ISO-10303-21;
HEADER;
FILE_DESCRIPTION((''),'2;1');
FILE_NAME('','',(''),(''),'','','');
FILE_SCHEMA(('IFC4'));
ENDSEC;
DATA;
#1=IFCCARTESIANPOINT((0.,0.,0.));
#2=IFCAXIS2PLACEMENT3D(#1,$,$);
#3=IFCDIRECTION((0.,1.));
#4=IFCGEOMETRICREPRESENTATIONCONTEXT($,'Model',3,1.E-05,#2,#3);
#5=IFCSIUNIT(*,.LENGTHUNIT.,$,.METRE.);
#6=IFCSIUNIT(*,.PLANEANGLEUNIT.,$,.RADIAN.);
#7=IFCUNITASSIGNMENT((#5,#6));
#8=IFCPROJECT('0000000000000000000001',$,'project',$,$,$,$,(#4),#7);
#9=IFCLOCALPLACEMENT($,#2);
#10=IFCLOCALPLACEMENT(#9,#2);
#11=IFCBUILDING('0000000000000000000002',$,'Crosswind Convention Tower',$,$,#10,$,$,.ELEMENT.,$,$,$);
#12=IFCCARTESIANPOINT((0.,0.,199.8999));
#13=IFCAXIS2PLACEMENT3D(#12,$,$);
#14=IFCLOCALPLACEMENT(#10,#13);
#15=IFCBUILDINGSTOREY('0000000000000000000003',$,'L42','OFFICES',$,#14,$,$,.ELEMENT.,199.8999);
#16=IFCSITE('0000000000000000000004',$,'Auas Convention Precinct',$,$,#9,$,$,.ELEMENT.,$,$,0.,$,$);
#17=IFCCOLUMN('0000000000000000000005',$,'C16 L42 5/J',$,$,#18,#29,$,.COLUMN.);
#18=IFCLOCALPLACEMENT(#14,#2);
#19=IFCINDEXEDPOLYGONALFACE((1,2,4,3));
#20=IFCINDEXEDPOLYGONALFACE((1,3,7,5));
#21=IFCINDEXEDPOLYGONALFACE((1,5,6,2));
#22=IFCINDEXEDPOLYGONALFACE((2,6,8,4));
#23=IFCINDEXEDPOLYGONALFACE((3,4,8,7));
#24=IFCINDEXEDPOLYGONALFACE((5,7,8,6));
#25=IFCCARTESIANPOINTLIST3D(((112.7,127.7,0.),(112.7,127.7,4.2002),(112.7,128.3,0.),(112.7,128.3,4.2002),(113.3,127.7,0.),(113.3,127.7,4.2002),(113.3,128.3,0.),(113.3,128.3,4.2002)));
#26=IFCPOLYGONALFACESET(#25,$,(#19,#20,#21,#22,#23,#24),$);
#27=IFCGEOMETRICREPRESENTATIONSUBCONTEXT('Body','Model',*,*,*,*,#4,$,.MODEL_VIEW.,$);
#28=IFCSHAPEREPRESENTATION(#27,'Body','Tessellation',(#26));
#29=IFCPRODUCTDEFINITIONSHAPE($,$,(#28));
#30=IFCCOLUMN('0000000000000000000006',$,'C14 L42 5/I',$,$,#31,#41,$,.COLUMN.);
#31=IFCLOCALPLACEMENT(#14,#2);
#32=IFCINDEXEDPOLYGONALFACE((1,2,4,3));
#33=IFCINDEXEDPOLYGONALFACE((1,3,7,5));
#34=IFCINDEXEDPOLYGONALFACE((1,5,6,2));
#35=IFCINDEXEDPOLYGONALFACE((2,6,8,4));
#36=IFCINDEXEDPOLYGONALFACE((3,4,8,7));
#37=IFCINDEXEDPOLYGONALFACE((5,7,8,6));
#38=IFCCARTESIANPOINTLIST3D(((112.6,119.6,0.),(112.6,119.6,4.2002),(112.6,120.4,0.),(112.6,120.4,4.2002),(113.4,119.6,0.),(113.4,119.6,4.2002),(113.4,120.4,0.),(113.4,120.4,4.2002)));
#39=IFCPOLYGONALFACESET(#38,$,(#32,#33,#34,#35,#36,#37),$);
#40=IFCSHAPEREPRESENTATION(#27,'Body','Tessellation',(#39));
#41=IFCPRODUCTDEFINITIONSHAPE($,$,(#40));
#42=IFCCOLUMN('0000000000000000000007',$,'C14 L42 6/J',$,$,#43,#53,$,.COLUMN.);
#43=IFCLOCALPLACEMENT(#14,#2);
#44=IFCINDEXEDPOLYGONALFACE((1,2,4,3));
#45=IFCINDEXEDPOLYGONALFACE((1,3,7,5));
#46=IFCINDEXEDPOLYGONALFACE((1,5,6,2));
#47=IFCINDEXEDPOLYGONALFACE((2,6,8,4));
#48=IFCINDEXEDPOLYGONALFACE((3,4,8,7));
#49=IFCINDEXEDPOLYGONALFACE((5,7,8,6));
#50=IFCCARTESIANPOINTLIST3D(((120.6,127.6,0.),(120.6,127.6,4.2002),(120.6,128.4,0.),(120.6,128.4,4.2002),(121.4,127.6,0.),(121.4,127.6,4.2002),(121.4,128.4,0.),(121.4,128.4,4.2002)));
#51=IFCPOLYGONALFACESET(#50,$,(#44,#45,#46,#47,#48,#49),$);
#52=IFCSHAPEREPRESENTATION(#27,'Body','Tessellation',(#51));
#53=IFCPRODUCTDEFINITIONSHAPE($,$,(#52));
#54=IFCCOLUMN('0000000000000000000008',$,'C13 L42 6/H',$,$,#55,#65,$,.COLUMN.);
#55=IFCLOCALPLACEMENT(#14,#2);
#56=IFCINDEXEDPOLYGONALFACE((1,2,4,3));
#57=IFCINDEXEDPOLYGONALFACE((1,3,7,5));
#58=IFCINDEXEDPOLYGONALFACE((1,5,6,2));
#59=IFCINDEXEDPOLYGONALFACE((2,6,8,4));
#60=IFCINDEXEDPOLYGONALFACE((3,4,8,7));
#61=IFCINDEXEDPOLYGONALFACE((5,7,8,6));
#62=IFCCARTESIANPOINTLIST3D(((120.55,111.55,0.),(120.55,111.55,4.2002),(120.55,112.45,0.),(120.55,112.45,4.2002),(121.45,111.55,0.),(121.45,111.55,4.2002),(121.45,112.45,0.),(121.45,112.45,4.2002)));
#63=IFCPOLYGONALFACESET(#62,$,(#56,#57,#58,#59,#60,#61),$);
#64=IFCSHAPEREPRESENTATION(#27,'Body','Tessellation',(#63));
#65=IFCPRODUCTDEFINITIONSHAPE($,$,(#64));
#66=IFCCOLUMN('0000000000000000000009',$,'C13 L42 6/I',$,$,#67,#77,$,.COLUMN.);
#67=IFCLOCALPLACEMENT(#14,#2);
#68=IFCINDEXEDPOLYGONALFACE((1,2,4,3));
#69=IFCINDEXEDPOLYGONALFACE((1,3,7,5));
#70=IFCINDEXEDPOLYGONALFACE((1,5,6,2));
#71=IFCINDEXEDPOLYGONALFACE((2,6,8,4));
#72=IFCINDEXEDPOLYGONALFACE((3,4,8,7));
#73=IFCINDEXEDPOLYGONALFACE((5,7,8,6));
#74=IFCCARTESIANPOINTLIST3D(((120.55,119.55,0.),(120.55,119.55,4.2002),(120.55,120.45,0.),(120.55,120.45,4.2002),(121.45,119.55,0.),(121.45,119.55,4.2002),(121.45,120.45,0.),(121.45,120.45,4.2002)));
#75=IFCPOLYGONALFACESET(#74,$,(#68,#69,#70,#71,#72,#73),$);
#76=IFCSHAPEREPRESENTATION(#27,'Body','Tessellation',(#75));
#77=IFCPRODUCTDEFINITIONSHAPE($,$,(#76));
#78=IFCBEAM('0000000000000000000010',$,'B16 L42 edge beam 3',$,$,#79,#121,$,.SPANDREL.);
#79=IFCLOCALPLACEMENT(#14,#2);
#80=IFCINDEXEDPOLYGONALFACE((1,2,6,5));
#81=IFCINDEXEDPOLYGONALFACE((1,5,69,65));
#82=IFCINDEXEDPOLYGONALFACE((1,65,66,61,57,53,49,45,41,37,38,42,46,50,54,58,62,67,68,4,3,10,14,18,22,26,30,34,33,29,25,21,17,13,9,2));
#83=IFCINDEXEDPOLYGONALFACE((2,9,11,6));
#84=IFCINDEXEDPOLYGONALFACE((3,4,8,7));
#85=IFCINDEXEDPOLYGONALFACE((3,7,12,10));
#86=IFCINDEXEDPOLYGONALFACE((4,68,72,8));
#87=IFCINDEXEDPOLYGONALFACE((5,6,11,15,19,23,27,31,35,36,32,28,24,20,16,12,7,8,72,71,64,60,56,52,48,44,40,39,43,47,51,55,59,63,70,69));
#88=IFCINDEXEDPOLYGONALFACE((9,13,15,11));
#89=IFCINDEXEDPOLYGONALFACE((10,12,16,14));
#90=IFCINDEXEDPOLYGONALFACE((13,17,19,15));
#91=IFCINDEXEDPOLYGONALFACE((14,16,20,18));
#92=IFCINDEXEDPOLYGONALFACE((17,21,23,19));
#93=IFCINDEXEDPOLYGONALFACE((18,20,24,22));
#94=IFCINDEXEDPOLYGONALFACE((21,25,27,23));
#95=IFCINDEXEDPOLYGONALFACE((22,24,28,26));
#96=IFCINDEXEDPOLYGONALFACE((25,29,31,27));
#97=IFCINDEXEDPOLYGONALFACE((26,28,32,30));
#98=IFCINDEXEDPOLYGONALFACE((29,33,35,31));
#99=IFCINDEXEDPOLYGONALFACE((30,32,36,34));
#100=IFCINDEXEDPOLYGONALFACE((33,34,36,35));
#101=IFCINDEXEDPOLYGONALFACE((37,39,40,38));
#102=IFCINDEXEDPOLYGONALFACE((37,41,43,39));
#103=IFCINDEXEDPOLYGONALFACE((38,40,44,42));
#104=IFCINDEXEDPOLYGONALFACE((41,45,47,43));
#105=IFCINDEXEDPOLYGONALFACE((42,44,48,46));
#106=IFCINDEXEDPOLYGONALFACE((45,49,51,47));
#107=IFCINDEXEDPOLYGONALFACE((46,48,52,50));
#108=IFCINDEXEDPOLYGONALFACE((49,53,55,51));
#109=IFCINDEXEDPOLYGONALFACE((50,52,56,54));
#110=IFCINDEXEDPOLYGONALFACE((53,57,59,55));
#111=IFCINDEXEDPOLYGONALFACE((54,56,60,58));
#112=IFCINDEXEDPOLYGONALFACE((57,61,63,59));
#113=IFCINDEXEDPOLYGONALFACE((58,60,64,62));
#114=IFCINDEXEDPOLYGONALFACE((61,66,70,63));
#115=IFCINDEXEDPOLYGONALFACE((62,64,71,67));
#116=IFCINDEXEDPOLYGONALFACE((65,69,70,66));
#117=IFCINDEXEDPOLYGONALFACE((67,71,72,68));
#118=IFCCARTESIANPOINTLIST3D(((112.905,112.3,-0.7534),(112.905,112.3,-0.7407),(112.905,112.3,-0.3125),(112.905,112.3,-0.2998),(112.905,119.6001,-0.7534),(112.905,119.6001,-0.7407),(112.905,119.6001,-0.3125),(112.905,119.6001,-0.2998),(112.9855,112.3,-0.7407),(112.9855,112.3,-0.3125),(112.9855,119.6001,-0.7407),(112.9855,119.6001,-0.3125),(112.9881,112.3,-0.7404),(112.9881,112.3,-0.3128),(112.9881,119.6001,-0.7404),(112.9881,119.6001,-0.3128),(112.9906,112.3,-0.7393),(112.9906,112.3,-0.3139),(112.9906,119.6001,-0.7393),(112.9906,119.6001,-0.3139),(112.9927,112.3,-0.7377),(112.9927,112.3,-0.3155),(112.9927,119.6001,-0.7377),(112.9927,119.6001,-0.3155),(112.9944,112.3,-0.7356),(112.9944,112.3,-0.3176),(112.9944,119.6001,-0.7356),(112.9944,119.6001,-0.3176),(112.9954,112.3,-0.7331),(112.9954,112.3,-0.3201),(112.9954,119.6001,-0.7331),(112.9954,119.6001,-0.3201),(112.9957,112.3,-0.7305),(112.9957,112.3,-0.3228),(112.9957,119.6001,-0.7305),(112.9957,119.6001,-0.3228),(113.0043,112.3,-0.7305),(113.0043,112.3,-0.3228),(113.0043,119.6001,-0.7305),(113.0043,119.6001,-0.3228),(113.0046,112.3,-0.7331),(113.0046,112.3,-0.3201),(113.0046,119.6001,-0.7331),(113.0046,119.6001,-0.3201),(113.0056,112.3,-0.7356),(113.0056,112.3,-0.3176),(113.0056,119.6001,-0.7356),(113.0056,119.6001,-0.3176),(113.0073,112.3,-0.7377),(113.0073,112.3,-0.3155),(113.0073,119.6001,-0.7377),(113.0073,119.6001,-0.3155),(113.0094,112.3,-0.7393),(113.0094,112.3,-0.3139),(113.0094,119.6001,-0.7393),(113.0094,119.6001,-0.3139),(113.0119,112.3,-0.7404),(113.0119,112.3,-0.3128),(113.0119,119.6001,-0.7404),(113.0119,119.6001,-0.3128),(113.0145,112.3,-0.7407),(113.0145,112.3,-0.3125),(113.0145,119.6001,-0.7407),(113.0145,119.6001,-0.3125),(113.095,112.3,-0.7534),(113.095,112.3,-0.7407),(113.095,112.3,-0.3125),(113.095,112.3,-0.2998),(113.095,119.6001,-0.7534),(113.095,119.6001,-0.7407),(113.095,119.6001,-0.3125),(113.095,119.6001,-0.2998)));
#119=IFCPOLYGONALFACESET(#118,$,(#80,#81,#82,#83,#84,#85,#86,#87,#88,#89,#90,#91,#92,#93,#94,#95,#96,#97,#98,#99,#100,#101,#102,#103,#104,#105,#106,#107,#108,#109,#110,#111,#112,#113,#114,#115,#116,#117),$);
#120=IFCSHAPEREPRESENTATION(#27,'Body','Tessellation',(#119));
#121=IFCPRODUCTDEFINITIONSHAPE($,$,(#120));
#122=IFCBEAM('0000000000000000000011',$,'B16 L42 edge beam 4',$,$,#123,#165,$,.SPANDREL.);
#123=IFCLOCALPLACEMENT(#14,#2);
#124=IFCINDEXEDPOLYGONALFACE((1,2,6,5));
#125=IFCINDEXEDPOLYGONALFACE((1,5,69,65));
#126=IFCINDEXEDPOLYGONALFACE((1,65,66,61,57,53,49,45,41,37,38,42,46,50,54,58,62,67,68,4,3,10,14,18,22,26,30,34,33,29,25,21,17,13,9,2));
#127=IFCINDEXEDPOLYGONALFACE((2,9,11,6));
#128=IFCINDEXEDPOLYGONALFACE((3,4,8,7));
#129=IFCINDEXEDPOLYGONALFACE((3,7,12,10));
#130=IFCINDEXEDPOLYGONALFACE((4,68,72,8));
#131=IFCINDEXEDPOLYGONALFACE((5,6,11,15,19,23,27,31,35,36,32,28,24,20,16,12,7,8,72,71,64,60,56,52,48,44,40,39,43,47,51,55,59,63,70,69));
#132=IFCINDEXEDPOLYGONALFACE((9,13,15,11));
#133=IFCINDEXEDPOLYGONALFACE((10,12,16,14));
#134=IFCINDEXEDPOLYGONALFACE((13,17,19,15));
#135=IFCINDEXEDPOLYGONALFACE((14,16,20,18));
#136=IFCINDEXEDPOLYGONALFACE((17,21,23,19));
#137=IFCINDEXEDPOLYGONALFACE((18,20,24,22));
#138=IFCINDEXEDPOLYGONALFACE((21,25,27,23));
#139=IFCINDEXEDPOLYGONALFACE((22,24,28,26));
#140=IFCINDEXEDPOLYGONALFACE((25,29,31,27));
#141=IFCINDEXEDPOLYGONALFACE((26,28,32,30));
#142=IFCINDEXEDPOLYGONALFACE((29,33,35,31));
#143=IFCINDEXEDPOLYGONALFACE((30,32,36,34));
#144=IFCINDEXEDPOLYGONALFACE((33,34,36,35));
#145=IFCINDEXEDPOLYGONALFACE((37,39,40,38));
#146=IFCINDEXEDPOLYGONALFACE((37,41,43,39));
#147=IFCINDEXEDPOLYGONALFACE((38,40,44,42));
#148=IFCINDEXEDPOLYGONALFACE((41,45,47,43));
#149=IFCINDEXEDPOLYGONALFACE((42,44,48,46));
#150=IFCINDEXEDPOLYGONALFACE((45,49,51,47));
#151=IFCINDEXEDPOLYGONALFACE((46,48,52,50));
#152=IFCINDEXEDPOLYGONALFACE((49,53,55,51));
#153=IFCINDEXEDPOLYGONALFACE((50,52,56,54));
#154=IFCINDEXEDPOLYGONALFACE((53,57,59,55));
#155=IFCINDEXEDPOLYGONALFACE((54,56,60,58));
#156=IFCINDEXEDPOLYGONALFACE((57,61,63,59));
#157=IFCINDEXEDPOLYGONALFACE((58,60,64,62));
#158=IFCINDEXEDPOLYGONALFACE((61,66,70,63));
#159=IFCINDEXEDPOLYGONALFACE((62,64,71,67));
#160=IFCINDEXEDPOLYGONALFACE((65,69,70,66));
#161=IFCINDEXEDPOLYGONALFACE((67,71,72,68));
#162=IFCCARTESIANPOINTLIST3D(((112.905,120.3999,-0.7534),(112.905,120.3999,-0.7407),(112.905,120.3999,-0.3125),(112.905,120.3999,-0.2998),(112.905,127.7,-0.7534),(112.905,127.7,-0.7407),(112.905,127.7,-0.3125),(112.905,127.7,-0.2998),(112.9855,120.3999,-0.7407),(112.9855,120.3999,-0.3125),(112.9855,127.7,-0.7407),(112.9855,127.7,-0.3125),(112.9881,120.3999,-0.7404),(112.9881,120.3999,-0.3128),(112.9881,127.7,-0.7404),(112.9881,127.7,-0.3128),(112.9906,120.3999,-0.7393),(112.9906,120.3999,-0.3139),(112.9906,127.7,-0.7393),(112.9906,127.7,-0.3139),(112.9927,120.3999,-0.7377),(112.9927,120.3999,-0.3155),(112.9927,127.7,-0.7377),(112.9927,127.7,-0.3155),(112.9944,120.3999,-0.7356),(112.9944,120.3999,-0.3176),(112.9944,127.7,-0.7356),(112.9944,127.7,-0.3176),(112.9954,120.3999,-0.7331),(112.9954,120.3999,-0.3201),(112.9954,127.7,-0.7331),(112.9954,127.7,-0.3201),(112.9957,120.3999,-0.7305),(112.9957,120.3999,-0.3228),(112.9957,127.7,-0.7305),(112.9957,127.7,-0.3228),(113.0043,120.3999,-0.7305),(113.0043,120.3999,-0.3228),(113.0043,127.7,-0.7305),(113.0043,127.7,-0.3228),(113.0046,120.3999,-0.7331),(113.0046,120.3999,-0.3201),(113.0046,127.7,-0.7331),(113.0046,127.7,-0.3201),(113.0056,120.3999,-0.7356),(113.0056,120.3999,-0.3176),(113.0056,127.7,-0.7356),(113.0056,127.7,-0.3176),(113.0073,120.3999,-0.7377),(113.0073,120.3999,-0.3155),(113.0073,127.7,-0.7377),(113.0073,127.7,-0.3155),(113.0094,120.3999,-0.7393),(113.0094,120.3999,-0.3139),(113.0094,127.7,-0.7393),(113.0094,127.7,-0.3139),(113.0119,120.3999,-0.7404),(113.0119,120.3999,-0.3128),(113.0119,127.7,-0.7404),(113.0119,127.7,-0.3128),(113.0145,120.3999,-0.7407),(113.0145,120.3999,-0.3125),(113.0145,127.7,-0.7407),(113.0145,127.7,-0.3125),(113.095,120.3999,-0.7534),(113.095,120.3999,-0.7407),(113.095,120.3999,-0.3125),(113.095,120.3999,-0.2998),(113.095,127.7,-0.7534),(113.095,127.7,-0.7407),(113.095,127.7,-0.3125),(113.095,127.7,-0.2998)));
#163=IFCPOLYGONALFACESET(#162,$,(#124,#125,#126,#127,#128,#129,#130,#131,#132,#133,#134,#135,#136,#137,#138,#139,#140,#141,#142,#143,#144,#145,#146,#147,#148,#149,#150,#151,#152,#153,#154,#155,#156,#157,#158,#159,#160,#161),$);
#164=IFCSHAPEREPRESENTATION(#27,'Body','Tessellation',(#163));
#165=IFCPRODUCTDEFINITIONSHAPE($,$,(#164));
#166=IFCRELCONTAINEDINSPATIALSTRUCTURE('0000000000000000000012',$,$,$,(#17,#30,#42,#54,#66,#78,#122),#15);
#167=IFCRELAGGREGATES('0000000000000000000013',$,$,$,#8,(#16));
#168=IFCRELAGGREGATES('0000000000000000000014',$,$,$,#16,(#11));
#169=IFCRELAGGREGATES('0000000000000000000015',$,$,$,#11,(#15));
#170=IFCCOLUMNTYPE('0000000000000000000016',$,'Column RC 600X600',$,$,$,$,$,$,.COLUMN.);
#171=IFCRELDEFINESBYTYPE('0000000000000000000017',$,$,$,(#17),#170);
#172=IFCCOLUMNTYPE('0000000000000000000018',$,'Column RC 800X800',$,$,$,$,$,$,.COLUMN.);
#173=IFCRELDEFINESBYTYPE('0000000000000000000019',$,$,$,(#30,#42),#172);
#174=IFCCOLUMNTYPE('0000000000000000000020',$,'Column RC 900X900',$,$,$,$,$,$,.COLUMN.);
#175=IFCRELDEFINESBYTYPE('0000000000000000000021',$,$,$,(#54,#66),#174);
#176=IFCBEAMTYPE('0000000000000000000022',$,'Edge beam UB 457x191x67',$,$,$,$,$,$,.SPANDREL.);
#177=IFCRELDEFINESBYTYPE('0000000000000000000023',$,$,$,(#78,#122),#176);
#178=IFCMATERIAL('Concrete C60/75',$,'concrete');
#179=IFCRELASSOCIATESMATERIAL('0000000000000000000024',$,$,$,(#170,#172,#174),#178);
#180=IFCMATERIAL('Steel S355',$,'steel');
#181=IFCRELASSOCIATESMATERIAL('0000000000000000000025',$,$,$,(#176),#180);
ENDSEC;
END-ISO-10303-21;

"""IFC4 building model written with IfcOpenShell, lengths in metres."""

from ifc_helpers import new_model, si_unit, direction, frame, origin, origin_2d, place, context, subcontext, project, spatial, rectangle, i_section, extrude, material, material_profile, profile_set, type_object, element, save


model = new_model("IFC4")

# Units and contexts
model_context = context("Model", 3, precision=1e-05, world=origin(), true_north=direction((0.0, 1.0)))
body_context = subcontext(model_context, "Body", "Model", "MODEL_VIEW")
ifc_project = project(units=[si_unit("LENGTHUNIT", "METRE"), si_unit("PLANEANGLEUNIT", "RADIAN")], contexts=[model_context])

# Site, building, storey
site_placement = place(None, origin())
site = spatial("IfcSite", under=ifc_project, at=site_placement, Name="Auas Convention Precinct", CompositionType="ELEMENT", RefElevation=0.0)
building_placement = place(site_placement, origin())
building = spatial("IfcBuilding", under=site, at=building_placement, Name="Crosswind Convention Tower", CompositionType="ELEMENT")
storey_placement = place(building_placement, frame((0.0, 0.0, 199.8999)))
storey = spatial("IfcBuildingStorey", under=building, at=storey_placement, Name="L42", Description="OFFICES", CompositionType="ELEMENT", Elevation=199.8999)

# Columns
ifc_material_1 = material(Name="Concrete C60/75", Category="concrete")
ifc_material_profile_1 = material_profile(ifc_material_1, rectangle(XDim=0.6001, YDim=0.6001, at=origin_2d()), Name="RC 600X600")
ifc_profile_set_1 = profile_set([ifc_material_profile_1], Name="Concrete C60/75")
column_type_1 = type_object("IfcColumnType", Name="Column RC 600X600", PredefinedType="COLUMN", material=ifc_profile_set_1)
column_placement = place(storey_placement, frame((113.0, 128.0, 0.0), z_axis=(0.0, 0.0, 1.0), x_axis=(1.0, 0.0, 0.0)))
element("IfcColumn", 1, at=column_placement, inside=storey, type_object=column_type_1, Name="C16 L42 5/J", PredefinedType="COLUMN", context=body_context, shape_type="SweptSolid", body=[
    extrude(rectangle(XDim=0.6001, YDim=0.6001, at=origin_2d()), origin(), (0.0, 0.0, 1.0), 4.2002),
])
ifc_material_profile_2 = material_profile(ifc_material_1, rectangle(XDim=0.8, YDim=0.8, at=origin_2d()), Name="RC 800X800")
ifc_profile_set_2 = profile_set([ifc_material_profile_2], Name="Concrete C60/75")
column_type_2 = type_object("IfcColumnType", Name="Column RC 800X800", PredefinedType="COLUMN", material=ifc_profile_set_2)
for number, where, z_axis, x_axis, name in (
    (2, (113.0, 120.0, 0.0), (0.0, 0.0, 1.0), (1.0, 0.0, 0.0), "C14 L42 5/I"),
    (3, (121.0, 128.0, 0.0), (0.0, 0.0, 1.0), (1.0, 0.0, 0.0), "C14 L42 6/J"),
):
    element("IfcColumn", number, at=place(storey_placement, frame(where, z_axis=z_axis, x_axis=x_axis)), inside=storey, type_object=column_type_2, Name=name, PredefinedType="COLUMN", context=body_context, shape_type="SweptSolid", body=[
        extrude(rectangle(XDim=0.8, YDim=0.8, at=origin_2d()), origin(), (0.0, 0.0, 1.0), 4.2002),
    ])
ifc_material_profile_3 = material_profile(ifc_material_1, rectangle(XDim=0.8999, YDim=0.8999, at=origin_2d()), Name="RC 900X900")
ifc_profile_set_3 = profile_set([ifc_material_profile_3], Name="Concrete C60/75")
column_type_3 = type_object("IfcColumnType", Name="Column RC 900X900", PredefinedType="COLUMN", material=ifc_profile_set_3)
for number, where, z_axis, x_axis, name in (
    (4, (121.0, 112.0, 0.0), (0.0, 0.0, 1.0), (1.0, 0.0, 0.0), "C13 L42 6/H"),
    (5, (121.0, 120.0, 0.0), (0.0, 0.0, 1.0), (1.0, 0.0, 0.0), "C13 L42 6/I"),
):
    element("IfcColumn", number, at=place(storey_placement, frame(where, z_axis=z_axis, x_axis=x_axis)), inside=storey, type_object=column_type_3, Name=name, PredefinedType="COLUMN", context=body_context, shape_type="SweptSolid", body=[
        extrude(rectangle(XDim=0.8999, YDim=0.8999, at=origin_2d()), origin(), (0.0, 0.0, 1.0), 4.2002),
    ])

# Beams
ifc_material_2 = material(Name="Steel S355", Category="steel")
ifc_material_profile_4 = material_profile(ifc_material_2, i_section(OverallWidth=0.1899, OverallDepth=0.4536, WebThickness=0.0085, FlangeThickness=0.0127, FilletRadius=0.0103, at=origin_2d()), Name="UB 457x191x67")
ifc_profile_set_4 = profile_set([ifc_material_profile_4], Name="Steel S355")
beam_type_1 = type_object("IfcBeamType", Name="Edge beam UB 457x191x67", PredefinedType="SPANDREL", material=ifc_profile_set_4)
for number, where, z_axis, x_axis, name in (
    (6, (113.0, 112.3, -0.5266), (0.0, 1.0, 0.0), (-1.0, 0.0, 0.0), "B16 L42 edge beam 3"),
    (7, (113.0, 120.3999, -0.5266), (0.0, 1.0, 0.0), (-1.0, 0.0, 0.0), "B16 L42 edge beam 4"),
):
    element("IfcBeam", number, at=place(storey_placement, frame(where, z_axis=z_axis, x_axis=x_axis)), inside=storey, type_object=beam_type_1, Name=name, PredefinedType="SPANDREL", context=body_context, shape_type="SweptSolid", body=[
        extrude(i_section(OverallWidth=0.1899, OverallDepth=0.4536, WebThickness=0.0085, FlangeThickness=0.0127, FilletRadius=0.0103, at=origin_2d()), origin(), (0.0, 0.0, 1.0), 7.3),
    ])

save(model, "model.ifc")
